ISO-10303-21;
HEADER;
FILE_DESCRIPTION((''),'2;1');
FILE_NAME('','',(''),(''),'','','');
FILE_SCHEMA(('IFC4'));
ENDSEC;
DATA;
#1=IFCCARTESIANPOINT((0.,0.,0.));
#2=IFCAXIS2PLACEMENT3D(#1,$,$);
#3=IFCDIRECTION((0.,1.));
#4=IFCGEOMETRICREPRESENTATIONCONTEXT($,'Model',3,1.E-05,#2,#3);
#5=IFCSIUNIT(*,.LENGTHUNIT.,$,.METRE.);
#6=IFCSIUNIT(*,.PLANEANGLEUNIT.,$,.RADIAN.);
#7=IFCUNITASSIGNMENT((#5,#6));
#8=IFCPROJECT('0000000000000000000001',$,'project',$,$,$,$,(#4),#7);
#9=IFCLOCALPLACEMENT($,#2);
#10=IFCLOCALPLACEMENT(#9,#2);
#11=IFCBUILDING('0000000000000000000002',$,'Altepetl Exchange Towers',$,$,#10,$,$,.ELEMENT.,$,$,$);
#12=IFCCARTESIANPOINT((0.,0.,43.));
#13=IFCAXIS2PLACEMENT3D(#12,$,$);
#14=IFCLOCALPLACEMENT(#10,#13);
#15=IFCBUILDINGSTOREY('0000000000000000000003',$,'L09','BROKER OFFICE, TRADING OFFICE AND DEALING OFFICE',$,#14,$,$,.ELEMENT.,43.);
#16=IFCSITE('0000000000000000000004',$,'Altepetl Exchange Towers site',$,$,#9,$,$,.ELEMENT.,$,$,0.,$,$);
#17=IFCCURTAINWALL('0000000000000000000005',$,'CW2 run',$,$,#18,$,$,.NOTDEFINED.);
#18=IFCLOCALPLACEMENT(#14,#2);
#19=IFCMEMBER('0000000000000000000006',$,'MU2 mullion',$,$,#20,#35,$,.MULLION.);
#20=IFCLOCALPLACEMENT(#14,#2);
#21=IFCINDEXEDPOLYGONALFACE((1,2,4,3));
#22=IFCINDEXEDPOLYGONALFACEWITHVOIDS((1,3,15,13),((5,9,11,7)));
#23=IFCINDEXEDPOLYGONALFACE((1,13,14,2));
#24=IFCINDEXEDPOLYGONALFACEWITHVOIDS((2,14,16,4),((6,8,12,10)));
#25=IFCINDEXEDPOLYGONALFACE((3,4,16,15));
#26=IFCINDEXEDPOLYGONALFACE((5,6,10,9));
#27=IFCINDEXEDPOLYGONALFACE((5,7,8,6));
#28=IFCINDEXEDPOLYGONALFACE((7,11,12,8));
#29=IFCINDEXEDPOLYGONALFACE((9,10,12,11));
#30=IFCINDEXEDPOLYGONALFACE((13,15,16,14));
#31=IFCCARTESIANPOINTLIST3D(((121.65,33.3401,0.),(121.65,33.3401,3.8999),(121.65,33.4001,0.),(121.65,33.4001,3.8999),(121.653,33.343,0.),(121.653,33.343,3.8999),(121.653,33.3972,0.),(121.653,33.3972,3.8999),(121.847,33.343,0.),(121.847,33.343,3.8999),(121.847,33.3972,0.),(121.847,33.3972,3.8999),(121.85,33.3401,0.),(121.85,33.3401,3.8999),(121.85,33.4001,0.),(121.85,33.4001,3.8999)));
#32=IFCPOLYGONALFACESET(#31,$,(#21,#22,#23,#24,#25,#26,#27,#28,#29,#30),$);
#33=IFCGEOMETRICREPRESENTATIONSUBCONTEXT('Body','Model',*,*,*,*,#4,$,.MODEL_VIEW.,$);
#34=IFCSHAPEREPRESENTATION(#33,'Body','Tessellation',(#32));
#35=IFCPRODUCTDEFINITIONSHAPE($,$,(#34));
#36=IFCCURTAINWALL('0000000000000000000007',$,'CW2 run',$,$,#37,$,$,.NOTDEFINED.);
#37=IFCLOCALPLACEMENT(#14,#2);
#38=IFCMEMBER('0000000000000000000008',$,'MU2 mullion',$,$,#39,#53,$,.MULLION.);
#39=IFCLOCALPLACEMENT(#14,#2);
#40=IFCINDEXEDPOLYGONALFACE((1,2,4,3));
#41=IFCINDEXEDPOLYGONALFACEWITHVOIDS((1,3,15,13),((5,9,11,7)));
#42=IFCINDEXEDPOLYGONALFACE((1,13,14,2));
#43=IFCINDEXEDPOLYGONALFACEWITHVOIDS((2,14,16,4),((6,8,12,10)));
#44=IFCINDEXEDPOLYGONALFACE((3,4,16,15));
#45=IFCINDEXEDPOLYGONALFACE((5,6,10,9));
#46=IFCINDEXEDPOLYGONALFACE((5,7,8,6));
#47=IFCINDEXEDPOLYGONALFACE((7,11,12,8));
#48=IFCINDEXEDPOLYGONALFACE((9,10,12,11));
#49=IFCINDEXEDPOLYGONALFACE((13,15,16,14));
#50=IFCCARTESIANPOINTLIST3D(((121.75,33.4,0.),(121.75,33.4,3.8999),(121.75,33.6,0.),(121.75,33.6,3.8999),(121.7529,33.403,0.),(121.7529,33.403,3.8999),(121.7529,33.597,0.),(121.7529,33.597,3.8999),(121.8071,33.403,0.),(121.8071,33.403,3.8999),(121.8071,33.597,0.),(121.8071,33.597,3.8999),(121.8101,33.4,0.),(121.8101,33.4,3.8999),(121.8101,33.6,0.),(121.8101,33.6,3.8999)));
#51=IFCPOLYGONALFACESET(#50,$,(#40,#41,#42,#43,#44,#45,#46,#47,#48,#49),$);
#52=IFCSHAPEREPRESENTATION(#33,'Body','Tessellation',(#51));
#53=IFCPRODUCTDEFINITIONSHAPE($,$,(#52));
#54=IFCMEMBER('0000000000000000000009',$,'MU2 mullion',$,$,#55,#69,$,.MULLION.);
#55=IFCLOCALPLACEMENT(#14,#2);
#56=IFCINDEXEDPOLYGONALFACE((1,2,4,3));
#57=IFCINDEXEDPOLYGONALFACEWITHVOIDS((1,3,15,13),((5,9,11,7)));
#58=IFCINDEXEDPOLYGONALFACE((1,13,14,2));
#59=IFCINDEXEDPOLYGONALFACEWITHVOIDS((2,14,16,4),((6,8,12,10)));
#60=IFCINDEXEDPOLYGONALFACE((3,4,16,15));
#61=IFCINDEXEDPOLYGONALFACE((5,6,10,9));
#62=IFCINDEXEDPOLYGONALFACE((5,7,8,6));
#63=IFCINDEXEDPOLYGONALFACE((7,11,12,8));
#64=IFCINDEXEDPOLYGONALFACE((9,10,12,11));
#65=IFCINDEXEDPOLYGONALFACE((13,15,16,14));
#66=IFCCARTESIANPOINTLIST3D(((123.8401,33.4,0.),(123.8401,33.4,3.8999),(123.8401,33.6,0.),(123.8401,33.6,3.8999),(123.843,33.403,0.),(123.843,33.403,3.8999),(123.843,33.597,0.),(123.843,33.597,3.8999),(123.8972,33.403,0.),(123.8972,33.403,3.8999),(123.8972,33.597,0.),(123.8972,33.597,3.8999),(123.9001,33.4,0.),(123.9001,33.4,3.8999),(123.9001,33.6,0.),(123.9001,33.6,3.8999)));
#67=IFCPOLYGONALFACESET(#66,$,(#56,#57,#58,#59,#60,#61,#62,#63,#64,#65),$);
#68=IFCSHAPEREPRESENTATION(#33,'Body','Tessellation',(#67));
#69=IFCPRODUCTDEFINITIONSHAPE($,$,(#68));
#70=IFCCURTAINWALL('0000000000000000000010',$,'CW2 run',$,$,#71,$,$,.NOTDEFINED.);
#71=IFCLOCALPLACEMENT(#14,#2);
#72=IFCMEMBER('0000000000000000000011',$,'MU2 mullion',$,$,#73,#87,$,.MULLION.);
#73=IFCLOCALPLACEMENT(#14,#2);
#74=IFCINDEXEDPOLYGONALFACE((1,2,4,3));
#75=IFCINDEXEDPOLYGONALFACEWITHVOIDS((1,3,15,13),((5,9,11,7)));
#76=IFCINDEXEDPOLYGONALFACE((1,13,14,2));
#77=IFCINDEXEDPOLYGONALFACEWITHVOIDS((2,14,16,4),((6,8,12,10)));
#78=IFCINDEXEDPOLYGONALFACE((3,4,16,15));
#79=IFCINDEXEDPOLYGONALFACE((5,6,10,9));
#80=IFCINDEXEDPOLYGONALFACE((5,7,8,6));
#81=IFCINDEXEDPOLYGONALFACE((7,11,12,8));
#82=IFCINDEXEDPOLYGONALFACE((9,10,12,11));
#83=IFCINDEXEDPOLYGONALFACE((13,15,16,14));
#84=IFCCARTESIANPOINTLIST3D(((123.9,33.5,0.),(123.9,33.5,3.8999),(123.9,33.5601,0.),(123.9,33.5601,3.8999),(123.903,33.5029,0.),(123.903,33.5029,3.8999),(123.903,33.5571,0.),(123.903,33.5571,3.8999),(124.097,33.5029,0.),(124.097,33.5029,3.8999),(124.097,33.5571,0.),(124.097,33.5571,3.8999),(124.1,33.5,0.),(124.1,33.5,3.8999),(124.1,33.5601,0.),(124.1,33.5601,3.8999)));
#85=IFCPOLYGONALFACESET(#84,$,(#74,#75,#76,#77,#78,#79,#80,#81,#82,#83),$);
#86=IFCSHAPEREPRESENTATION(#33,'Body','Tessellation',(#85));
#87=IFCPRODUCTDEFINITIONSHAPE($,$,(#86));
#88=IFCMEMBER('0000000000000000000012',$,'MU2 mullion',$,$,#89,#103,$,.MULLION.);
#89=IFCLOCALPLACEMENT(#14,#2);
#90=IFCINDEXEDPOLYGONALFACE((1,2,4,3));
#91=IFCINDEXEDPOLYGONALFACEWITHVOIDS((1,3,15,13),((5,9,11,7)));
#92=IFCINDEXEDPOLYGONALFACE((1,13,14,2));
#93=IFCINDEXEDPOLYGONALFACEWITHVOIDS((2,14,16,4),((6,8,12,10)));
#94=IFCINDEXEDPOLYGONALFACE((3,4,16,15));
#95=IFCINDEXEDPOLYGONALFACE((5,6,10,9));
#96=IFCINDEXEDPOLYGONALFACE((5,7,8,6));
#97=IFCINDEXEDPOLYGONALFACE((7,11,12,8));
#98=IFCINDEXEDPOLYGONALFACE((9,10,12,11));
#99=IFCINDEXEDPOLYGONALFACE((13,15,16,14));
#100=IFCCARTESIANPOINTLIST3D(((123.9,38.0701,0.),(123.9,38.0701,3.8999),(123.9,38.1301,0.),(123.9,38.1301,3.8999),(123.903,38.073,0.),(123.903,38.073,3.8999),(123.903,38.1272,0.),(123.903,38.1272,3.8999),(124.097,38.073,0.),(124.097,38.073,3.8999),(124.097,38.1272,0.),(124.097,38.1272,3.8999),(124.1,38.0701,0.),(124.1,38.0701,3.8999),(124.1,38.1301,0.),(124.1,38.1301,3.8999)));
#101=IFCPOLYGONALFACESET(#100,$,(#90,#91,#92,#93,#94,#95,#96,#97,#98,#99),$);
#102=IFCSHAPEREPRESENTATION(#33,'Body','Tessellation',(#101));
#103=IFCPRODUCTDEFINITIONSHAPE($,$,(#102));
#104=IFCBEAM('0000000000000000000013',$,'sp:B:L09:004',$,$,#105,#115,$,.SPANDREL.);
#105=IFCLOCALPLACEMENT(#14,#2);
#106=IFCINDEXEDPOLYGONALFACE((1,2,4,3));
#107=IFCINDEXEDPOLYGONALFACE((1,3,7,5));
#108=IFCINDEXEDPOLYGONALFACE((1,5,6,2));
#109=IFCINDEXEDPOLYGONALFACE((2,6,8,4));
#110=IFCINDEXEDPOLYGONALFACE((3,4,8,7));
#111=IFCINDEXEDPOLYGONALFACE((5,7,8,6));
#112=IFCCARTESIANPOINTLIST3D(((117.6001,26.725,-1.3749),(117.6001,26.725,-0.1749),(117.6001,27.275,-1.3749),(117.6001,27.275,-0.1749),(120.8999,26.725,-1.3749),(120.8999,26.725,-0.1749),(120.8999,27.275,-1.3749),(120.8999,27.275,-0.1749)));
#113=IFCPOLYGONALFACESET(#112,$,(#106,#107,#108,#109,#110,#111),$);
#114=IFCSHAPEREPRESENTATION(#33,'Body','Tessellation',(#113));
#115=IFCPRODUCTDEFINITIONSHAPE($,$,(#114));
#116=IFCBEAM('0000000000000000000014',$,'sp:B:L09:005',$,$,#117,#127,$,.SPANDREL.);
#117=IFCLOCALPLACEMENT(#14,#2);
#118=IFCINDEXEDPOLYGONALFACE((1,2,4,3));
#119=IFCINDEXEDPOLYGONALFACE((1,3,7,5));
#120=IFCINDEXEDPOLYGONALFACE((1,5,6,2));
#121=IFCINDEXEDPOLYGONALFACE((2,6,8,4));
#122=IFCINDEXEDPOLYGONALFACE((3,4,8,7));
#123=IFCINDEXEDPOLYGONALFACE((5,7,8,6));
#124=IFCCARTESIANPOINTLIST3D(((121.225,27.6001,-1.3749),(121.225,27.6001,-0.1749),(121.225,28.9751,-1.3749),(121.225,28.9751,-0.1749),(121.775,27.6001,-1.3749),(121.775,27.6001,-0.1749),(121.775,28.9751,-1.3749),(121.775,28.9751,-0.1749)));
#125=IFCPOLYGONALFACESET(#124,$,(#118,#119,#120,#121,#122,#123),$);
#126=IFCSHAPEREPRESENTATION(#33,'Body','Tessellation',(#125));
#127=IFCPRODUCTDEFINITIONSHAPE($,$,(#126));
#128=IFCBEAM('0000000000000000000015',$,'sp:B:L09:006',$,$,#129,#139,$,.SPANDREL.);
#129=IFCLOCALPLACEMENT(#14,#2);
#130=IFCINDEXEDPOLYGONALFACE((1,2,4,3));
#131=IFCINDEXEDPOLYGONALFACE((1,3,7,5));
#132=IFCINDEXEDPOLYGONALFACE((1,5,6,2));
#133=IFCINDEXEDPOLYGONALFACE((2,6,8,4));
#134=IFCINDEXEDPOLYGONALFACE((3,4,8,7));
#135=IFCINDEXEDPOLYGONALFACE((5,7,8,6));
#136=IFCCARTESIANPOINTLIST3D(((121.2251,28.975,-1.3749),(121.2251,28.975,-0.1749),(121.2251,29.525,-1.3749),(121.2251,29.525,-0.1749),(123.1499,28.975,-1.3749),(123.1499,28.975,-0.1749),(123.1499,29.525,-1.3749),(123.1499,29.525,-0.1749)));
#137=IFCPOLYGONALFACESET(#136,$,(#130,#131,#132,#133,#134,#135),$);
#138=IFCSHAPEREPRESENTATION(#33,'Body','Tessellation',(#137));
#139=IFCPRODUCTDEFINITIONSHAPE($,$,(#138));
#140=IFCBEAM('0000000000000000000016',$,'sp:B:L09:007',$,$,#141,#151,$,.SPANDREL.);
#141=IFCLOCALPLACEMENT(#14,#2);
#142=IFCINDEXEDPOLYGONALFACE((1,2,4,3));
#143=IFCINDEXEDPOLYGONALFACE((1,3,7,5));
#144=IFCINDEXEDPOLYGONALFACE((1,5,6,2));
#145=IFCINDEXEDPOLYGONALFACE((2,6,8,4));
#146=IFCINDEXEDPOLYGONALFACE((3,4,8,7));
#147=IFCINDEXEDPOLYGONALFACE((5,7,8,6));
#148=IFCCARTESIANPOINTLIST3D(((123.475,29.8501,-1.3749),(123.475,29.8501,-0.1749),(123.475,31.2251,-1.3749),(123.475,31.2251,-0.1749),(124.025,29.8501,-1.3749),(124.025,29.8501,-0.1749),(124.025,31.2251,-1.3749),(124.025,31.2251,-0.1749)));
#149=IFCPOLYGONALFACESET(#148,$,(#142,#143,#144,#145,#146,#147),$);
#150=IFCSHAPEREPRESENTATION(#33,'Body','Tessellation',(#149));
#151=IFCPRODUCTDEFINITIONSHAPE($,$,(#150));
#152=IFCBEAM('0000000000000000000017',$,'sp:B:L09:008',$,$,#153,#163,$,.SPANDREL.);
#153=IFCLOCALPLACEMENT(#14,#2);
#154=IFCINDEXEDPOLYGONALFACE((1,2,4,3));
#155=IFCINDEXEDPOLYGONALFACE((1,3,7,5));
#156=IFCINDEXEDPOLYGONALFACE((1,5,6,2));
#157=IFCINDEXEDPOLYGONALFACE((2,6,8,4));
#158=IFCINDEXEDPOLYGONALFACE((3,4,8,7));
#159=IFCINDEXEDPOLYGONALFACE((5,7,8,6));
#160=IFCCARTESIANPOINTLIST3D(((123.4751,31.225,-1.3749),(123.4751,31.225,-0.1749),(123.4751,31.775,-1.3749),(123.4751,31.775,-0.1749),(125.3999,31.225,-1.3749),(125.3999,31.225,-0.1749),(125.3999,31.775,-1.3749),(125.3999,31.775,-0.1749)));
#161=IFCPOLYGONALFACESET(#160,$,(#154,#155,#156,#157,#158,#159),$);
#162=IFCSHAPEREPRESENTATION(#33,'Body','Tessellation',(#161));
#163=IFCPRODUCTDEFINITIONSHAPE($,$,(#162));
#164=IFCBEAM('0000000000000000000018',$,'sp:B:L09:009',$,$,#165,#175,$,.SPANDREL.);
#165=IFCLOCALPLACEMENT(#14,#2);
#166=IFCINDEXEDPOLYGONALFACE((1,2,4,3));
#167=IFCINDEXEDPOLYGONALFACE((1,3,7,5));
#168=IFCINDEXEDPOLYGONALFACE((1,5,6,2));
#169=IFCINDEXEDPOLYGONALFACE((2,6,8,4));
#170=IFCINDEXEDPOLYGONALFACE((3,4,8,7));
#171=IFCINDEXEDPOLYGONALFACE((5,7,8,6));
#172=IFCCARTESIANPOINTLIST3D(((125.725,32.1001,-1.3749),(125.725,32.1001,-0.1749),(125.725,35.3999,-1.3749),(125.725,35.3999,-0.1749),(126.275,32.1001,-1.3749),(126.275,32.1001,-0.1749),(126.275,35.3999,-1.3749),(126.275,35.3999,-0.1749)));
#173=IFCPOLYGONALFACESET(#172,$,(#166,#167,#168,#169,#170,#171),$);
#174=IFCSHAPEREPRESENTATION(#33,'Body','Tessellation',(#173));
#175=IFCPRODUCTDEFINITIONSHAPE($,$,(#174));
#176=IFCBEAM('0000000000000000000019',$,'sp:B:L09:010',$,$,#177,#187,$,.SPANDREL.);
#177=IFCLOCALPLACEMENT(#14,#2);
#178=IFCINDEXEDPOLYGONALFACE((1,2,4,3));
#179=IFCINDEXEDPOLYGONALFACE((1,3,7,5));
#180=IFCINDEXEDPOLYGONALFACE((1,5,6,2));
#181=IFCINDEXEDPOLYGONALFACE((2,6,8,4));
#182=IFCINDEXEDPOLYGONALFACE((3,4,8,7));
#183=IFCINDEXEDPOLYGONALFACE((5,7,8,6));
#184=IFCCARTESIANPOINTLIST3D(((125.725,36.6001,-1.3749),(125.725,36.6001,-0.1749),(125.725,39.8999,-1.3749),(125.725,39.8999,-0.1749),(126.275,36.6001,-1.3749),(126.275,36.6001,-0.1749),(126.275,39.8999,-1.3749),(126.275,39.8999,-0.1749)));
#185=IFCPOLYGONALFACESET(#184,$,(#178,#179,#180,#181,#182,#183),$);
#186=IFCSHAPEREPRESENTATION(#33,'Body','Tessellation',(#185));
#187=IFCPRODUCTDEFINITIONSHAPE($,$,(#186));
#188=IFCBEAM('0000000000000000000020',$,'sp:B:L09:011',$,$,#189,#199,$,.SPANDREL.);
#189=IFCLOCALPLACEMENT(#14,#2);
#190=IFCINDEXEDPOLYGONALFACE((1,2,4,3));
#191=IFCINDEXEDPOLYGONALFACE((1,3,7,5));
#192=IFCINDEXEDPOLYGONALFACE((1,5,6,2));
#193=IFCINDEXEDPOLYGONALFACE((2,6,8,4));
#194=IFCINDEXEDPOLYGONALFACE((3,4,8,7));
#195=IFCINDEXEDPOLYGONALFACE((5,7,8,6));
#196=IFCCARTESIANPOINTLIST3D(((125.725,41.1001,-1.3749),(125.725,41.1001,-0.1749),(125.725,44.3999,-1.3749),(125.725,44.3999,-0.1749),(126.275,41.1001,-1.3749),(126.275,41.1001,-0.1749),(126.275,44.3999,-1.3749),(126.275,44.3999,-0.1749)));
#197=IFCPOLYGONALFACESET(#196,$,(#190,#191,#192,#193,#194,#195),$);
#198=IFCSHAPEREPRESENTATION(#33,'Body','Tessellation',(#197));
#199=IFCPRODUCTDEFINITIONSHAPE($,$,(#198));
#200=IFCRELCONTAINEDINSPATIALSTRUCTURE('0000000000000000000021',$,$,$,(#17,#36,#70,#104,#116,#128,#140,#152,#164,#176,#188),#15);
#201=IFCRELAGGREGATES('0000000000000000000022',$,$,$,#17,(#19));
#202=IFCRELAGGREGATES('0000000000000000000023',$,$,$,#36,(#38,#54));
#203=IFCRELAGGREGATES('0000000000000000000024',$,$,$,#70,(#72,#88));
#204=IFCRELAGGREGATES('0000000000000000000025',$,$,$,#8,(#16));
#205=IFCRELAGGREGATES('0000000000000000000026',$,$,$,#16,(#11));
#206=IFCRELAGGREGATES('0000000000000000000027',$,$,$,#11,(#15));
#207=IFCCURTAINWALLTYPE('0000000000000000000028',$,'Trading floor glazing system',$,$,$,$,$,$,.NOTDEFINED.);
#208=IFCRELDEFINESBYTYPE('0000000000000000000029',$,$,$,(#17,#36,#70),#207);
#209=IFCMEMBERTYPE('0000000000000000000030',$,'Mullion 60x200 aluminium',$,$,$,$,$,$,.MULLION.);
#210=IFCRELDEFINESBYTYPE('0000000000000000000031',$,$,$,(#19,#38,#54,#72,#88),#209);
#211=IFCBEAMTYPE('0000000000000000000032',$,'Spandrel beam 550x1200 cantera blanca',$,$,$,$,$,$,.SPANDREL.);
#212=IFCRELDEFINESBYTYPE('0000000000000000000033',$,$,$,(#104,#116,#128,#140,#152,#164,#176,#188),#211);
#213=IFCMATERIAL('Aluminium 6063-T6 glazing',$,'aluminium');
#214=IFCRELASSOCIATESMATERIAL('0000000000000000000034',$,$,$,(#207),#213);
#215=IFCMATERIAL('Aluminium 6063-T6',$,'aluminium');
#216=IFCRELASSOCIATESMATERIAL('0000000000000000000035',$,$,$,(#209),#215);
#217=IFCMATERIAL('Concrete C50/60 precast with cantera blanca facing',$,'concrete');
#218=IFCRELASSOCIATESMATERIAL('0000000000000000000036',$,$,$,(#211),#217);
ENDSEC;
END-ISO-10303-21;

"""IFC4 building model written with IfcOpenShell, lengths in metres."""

from ifc_helpers import new_model, si_unit, direction, frame, origin, origin_2d, place, context, subcontext, project, spatial, rectangle, hollow_rectangle, extrude, material, material_profile, profile_set, type_object, element, aggregate, save


model = new_model("IFC4")

# Units and contexts
model_context = context("Model", 3, precision=1e-05, world=origin(), true_north=direction((0.0, 1.0)))
body_context = subcontext(model_context, "Body", "Model", "MODEL_VIEW")
ifc_project = project(units=[si_unit("LENGTHUNIT", "METRE"), si_unit("PLANEANGLEUNIT", "RADIAN")], contexts=[model_context])

# Site, building, storey
site_placement = place(None, origin())
site = spatial("IfcSite", under=ifc_project, at=site_placement, Name="Altepetl Exchange Towers site", CompositionType="ELEMENT", RefElevation=0.0)
building_placement = place(site_placement, origin())
building = spatial("IfcBuilding", under=site, at=building_placement, Name="Altepetl Exchange Towers", CompositionType="ELEMENT")
storey_placement = place(building_placement, frame((0.0, 0.0, 43.0)))
storey = spatial("IfcBuildingStorey", under=building, at=storey_placement, Name="L09", Description="BROKER OFFICE, TRADING OFFICE AND DEALING OFFICE", CompositionType="ELEMENT", Elevation=43.0)

# Shared definitions
ifc_material_1 = material(Name="Aluminium 6063-T6 glazing", Category="aluminium")
curtain_wall_type = type_object("IfcCurtainWallType", Name="Trading floor glazing system", PredefinedType="NOTDEFINED", material=ifc_material_1)
ifc_material_2 = material(Name="Aluminium 6063-T6", Category="aluminium")
ifc_material_profile_1 = material_profile(ifc_material_2, hollow_rectangle(XDim=0.0601, YDim=0.2, WallThickness=0.0029, at=origin_2d()), Name="Mullion 60x200 aluminium")
ifc_profile_set_1 = profile_set([ifc_material_profile_1], Name="Aluminium 6063-T6")
member_type = type_object("IfcMemberType", Name="Mullion 60x200 aluminium", PredefinedType="MULLION", material=ifc_profile_set_1)

# Curtain walls, members
curtain_wall_1_placement = place(storey_placement, origin())
curtain_wall_1 = element("IfcCurtainWall", 1, at=curtain_wall_1_placement, inside=storey, type_object=curtain_wall_type, Name="CW2 run", PredefinedType="NOTDEFINED")
member_1_placement = place(storey_placement, frame((121.75, 33.3701, 0.0), z_axis=(0.0, 0.0, 1.0), x_axis=(0.0, 1.0, 0.0)))
member_1 = element("IfcMember", 2, at=member_1_placement, type_object=member_type, Name="MU2 mullion", PredefinedType="MULLION", context=body_context, shape_type="SweptSolid", body=[
    extrude(hollow_rectangle(XDim=0.0601, YDim=0.2, WallThickness=0.0029, at=origin_2d()), origin(), (0.0, 0.0, 1.0), 3.8999),
])
curtain_wall_2_placement = place(storey_placement, origin())
curtain_wall_2 = element("IfcCurtainWall", 3, at=curtain_wall_2_placement, inside=storey, type_object=curtain_wall_type, Name="CW2 run", PredefinedType="NOTDEFINED")
member_2_placement = place(storey_placement, frame((121.78, 33.5, 0.0)))
member_2 = element("IfcMember", 4, at=member_2_placement, type_object=member_type, Name="MU2 mullion", PredefinedType="MULLION", context=body_context, shape_type="SweptSolid", body=[
    extrude(hollow_rectangle(XDim=0.0601, YDim=0.2, WallThickness=0.0029, at=origin_2d()), origin(), (0.0, 0.0, 1.0), 3.8999),
])
member_3_placement = place(storey_placement, frame((123.8701, 33.5, 0.0)))
member_3 = element("IfcMember", 5, at=member_3_placement, type_object=member_type, Name="MU2 mullion", PredefinedType="MULLION", context=body_context, shape_type="SweptSolid", body=[
    extrude(hollow_rectangle(XDim=0.0601, YDim=0.2, WallThickness=0.0029, at=origin_2d()), origin(), (0.0, 0.0, 1.0), 3.8999),
])
curtain_wall_3_placement = place(storey_placement, origin())
curtain_wall_3 = element("IfcCurtainWall", 6, at=curtain_wall_3_placement, inside=storey, type_object=curtain_wall_type, Name="CW2 run", PredefinedType="NOTDEFINED")
member_4_placement = place(storey_placement, frame((124.0, 33.53, 0.0), z_axis=(0.0, 0.0, 1.0), x_axis=(0.0, 1.0, 0.0)))
member_4 = element("IfcMember", 7, at=member_4_placement, type_object=member_type, Name="MU2 mullion", PredefinedType="MULLION", context=body_context, shape_type="SweptSolid", body=[
    extrude(hollow_rectangle(XDim=0.0601, YDim=0.2, WallThickness=0.0029, at=origin_2d()), origin(), (0.0, 0.0, 1.0), 3.8999),
])
member_5_placement = place(storey_placement, frame((124.0, 38.1001, 0.0), z_axis=(0.0, 0.0, 1.0), x_axis=(0.0, 1.0, 0.0)))
member_5 = element("IfcMember", 8, at=member_5_placement, type_object=member_type, Name="MU2 mullion", PredefinedType="MULLION", context=body_context, shape_type="SweptSolid", body=[
    extrude(hollow_rectangle(XDim=0.0601, YDim=0.2, WallThickness=0.0029, at=origin_2d()), origin(), (0.0, 0.0, 1.0), 3.8999),
])

# Beams
ifc_material_3 = material(Name="Concrete C50/60 precast with cantera blanca facing", Category="concrete")
ifc_material_profile_2 = material_profile(ifc_material_3, rectangle(XDim=0.55, YDim=1.2, at=origin_2d()), Name="550 x 1200")
ifc_profile_set_2 = profile_set([ifc_material_profile_2], Name="Concrete C50/60 precast with cantera blanca facing")
beam_type_1 = type_object("IfcBeamType", Name="Spandrel beam 550x1200 cantera blanca", PredefinedType="SPANDREL", material=ifc_profile_set_2)
beam_1_placement = place(storey_placement, frame((117.6001, 27.0, -0.7749), z_axis=(1.0, 0.0, 0.0), x_axis=(0.0, 1.0, 0.0)))
element("IfcBeam", 9, at=beam_1_placement, inside=storey, type_object=beam_type_1, Name="sp:B:L09:004", PredefinedType="SPANDREL", context=body_context, shape_type="SweptSolid", body=[
    extrude(rectangle(XDim=0.55, YDim=1.2, at=origin_2d()), origin(), (0.0, 0.0, 1.0), 3.2998),
])
beam_2_placement = place(storey_placement, frame((121.5, 27.6001, -0.7749), z_axis=(0.0, 1.0, 0.0), x_axis=(-1.0, 0.0, 0.0)))
element("IfcBeam", 10, at=beam_2_placement, inside=storey, type_object=beam_type_1, Name="sp:B:L09:005", PredefinedType="SPANDREL", context=body_context, shape_type="SweptSolid", body=[
    extrude(rectangle(XDim=0.55, YDim=1.2, at=origin_2d()), origin(), (0.0, 0.0, 1.0), 1.375),
])
beam_3_placement = place(storey_placement, frame((121.2251, 29.25, -0.7749), z_axis=(1.0, 0.0, 0.0), x_axis=(0.0, 1.0, 0.0)))
element("IfcBeam", 11, at=beam_3_placement, inside=storey, type_object=beam_type_1, Name="sp:B:L09:006", PredefinedType="SPANDREL", context=body_context, shape_type="SweptSolid", body=[
    extrude(rectangle(XDim=0.55, YDim=1.2, at=origin_2d()), origin(), (0.0, 0.0, 1.0), 1.9248),
])
beam_4_placement = place(storey_placement, frame((123.75, 29.8501, -0.7749), z_axis=(0.0, 1.0, 0.0), x_axis=(-1.0, 0.0, 0.0)))
element("IfcBeam", 12, at=beam_4_placement, inside=storey, type_object=beam_type_1, Name="sp:B:L09:007", PredefinedType="SPANDREL", context=body_context, shape_type="SweptSolid", body=[
    extrude(rectangle(XDim=0.55, YDim=1.2, at=origin_2d()), origin(), (0.0, 0.0, 1.0), 1.375),
])
beam_5_placement = place(storey_placement, frame((123.4751, 31.5, -0.7749), z_axis=(1.0, 0.0, 0.0), x_axis=(0.0, 1.0, 0.0)))
element("IfcBeam", 13, at=beam_5_placement, inside=storey, type_object=beam_type_1, Name="sp:B:L09:008", PredefinedType="SPANDREL", context=body_context, shape_type="SweptSolid", body=[
    extrude(rectangle(XDim=0.55, YDim=1.2, at=origin_2d()), origin(), (0.0, 0.0, 1.0), 1.9248),
])
for number, where, z_axis, x_axis, name in (
    (14, (126.0, 32.1001, -0.7749), (0.0, 1.0, 0.0), (-1.0, 0.0, 0.0), "sp:B:L09:009"),
    (15, (126.0, 36.6001, -0.7749), (0.0, 1.0, 0.0), (-1.0, 0.0, 0.0), "sp:B:L09:010"),
    (16, (126.0, 41.1001, -0.7749), (0.0, 1.0, 0.0), (-1.0, 0.0, 0.0), "sp:B:L09:011"),
):
    element("IfcBeam", number, at=place(storey_placement, frame(where, z_axis=z_axis, x_axis=x_axis)), inside=storey, type_object=beam_type_1, Name=name, PredefinedType="SPANDREL", context=body_context, shape_type="SweptSolid", body=[
        extrude(rectangle(XDim=0.55, YDim=1.2, at=origin_2d()), origin(), (0.0, 0.0, 1.0), 3.2998),
    ])

aggregate(curtain_wall_1, [member_1])
aggregate(curtain_wall_2, [member_2, member_3])
aggregate(curtain_wall_3, [member_4, member_5])

save(model, "model.ifc")
